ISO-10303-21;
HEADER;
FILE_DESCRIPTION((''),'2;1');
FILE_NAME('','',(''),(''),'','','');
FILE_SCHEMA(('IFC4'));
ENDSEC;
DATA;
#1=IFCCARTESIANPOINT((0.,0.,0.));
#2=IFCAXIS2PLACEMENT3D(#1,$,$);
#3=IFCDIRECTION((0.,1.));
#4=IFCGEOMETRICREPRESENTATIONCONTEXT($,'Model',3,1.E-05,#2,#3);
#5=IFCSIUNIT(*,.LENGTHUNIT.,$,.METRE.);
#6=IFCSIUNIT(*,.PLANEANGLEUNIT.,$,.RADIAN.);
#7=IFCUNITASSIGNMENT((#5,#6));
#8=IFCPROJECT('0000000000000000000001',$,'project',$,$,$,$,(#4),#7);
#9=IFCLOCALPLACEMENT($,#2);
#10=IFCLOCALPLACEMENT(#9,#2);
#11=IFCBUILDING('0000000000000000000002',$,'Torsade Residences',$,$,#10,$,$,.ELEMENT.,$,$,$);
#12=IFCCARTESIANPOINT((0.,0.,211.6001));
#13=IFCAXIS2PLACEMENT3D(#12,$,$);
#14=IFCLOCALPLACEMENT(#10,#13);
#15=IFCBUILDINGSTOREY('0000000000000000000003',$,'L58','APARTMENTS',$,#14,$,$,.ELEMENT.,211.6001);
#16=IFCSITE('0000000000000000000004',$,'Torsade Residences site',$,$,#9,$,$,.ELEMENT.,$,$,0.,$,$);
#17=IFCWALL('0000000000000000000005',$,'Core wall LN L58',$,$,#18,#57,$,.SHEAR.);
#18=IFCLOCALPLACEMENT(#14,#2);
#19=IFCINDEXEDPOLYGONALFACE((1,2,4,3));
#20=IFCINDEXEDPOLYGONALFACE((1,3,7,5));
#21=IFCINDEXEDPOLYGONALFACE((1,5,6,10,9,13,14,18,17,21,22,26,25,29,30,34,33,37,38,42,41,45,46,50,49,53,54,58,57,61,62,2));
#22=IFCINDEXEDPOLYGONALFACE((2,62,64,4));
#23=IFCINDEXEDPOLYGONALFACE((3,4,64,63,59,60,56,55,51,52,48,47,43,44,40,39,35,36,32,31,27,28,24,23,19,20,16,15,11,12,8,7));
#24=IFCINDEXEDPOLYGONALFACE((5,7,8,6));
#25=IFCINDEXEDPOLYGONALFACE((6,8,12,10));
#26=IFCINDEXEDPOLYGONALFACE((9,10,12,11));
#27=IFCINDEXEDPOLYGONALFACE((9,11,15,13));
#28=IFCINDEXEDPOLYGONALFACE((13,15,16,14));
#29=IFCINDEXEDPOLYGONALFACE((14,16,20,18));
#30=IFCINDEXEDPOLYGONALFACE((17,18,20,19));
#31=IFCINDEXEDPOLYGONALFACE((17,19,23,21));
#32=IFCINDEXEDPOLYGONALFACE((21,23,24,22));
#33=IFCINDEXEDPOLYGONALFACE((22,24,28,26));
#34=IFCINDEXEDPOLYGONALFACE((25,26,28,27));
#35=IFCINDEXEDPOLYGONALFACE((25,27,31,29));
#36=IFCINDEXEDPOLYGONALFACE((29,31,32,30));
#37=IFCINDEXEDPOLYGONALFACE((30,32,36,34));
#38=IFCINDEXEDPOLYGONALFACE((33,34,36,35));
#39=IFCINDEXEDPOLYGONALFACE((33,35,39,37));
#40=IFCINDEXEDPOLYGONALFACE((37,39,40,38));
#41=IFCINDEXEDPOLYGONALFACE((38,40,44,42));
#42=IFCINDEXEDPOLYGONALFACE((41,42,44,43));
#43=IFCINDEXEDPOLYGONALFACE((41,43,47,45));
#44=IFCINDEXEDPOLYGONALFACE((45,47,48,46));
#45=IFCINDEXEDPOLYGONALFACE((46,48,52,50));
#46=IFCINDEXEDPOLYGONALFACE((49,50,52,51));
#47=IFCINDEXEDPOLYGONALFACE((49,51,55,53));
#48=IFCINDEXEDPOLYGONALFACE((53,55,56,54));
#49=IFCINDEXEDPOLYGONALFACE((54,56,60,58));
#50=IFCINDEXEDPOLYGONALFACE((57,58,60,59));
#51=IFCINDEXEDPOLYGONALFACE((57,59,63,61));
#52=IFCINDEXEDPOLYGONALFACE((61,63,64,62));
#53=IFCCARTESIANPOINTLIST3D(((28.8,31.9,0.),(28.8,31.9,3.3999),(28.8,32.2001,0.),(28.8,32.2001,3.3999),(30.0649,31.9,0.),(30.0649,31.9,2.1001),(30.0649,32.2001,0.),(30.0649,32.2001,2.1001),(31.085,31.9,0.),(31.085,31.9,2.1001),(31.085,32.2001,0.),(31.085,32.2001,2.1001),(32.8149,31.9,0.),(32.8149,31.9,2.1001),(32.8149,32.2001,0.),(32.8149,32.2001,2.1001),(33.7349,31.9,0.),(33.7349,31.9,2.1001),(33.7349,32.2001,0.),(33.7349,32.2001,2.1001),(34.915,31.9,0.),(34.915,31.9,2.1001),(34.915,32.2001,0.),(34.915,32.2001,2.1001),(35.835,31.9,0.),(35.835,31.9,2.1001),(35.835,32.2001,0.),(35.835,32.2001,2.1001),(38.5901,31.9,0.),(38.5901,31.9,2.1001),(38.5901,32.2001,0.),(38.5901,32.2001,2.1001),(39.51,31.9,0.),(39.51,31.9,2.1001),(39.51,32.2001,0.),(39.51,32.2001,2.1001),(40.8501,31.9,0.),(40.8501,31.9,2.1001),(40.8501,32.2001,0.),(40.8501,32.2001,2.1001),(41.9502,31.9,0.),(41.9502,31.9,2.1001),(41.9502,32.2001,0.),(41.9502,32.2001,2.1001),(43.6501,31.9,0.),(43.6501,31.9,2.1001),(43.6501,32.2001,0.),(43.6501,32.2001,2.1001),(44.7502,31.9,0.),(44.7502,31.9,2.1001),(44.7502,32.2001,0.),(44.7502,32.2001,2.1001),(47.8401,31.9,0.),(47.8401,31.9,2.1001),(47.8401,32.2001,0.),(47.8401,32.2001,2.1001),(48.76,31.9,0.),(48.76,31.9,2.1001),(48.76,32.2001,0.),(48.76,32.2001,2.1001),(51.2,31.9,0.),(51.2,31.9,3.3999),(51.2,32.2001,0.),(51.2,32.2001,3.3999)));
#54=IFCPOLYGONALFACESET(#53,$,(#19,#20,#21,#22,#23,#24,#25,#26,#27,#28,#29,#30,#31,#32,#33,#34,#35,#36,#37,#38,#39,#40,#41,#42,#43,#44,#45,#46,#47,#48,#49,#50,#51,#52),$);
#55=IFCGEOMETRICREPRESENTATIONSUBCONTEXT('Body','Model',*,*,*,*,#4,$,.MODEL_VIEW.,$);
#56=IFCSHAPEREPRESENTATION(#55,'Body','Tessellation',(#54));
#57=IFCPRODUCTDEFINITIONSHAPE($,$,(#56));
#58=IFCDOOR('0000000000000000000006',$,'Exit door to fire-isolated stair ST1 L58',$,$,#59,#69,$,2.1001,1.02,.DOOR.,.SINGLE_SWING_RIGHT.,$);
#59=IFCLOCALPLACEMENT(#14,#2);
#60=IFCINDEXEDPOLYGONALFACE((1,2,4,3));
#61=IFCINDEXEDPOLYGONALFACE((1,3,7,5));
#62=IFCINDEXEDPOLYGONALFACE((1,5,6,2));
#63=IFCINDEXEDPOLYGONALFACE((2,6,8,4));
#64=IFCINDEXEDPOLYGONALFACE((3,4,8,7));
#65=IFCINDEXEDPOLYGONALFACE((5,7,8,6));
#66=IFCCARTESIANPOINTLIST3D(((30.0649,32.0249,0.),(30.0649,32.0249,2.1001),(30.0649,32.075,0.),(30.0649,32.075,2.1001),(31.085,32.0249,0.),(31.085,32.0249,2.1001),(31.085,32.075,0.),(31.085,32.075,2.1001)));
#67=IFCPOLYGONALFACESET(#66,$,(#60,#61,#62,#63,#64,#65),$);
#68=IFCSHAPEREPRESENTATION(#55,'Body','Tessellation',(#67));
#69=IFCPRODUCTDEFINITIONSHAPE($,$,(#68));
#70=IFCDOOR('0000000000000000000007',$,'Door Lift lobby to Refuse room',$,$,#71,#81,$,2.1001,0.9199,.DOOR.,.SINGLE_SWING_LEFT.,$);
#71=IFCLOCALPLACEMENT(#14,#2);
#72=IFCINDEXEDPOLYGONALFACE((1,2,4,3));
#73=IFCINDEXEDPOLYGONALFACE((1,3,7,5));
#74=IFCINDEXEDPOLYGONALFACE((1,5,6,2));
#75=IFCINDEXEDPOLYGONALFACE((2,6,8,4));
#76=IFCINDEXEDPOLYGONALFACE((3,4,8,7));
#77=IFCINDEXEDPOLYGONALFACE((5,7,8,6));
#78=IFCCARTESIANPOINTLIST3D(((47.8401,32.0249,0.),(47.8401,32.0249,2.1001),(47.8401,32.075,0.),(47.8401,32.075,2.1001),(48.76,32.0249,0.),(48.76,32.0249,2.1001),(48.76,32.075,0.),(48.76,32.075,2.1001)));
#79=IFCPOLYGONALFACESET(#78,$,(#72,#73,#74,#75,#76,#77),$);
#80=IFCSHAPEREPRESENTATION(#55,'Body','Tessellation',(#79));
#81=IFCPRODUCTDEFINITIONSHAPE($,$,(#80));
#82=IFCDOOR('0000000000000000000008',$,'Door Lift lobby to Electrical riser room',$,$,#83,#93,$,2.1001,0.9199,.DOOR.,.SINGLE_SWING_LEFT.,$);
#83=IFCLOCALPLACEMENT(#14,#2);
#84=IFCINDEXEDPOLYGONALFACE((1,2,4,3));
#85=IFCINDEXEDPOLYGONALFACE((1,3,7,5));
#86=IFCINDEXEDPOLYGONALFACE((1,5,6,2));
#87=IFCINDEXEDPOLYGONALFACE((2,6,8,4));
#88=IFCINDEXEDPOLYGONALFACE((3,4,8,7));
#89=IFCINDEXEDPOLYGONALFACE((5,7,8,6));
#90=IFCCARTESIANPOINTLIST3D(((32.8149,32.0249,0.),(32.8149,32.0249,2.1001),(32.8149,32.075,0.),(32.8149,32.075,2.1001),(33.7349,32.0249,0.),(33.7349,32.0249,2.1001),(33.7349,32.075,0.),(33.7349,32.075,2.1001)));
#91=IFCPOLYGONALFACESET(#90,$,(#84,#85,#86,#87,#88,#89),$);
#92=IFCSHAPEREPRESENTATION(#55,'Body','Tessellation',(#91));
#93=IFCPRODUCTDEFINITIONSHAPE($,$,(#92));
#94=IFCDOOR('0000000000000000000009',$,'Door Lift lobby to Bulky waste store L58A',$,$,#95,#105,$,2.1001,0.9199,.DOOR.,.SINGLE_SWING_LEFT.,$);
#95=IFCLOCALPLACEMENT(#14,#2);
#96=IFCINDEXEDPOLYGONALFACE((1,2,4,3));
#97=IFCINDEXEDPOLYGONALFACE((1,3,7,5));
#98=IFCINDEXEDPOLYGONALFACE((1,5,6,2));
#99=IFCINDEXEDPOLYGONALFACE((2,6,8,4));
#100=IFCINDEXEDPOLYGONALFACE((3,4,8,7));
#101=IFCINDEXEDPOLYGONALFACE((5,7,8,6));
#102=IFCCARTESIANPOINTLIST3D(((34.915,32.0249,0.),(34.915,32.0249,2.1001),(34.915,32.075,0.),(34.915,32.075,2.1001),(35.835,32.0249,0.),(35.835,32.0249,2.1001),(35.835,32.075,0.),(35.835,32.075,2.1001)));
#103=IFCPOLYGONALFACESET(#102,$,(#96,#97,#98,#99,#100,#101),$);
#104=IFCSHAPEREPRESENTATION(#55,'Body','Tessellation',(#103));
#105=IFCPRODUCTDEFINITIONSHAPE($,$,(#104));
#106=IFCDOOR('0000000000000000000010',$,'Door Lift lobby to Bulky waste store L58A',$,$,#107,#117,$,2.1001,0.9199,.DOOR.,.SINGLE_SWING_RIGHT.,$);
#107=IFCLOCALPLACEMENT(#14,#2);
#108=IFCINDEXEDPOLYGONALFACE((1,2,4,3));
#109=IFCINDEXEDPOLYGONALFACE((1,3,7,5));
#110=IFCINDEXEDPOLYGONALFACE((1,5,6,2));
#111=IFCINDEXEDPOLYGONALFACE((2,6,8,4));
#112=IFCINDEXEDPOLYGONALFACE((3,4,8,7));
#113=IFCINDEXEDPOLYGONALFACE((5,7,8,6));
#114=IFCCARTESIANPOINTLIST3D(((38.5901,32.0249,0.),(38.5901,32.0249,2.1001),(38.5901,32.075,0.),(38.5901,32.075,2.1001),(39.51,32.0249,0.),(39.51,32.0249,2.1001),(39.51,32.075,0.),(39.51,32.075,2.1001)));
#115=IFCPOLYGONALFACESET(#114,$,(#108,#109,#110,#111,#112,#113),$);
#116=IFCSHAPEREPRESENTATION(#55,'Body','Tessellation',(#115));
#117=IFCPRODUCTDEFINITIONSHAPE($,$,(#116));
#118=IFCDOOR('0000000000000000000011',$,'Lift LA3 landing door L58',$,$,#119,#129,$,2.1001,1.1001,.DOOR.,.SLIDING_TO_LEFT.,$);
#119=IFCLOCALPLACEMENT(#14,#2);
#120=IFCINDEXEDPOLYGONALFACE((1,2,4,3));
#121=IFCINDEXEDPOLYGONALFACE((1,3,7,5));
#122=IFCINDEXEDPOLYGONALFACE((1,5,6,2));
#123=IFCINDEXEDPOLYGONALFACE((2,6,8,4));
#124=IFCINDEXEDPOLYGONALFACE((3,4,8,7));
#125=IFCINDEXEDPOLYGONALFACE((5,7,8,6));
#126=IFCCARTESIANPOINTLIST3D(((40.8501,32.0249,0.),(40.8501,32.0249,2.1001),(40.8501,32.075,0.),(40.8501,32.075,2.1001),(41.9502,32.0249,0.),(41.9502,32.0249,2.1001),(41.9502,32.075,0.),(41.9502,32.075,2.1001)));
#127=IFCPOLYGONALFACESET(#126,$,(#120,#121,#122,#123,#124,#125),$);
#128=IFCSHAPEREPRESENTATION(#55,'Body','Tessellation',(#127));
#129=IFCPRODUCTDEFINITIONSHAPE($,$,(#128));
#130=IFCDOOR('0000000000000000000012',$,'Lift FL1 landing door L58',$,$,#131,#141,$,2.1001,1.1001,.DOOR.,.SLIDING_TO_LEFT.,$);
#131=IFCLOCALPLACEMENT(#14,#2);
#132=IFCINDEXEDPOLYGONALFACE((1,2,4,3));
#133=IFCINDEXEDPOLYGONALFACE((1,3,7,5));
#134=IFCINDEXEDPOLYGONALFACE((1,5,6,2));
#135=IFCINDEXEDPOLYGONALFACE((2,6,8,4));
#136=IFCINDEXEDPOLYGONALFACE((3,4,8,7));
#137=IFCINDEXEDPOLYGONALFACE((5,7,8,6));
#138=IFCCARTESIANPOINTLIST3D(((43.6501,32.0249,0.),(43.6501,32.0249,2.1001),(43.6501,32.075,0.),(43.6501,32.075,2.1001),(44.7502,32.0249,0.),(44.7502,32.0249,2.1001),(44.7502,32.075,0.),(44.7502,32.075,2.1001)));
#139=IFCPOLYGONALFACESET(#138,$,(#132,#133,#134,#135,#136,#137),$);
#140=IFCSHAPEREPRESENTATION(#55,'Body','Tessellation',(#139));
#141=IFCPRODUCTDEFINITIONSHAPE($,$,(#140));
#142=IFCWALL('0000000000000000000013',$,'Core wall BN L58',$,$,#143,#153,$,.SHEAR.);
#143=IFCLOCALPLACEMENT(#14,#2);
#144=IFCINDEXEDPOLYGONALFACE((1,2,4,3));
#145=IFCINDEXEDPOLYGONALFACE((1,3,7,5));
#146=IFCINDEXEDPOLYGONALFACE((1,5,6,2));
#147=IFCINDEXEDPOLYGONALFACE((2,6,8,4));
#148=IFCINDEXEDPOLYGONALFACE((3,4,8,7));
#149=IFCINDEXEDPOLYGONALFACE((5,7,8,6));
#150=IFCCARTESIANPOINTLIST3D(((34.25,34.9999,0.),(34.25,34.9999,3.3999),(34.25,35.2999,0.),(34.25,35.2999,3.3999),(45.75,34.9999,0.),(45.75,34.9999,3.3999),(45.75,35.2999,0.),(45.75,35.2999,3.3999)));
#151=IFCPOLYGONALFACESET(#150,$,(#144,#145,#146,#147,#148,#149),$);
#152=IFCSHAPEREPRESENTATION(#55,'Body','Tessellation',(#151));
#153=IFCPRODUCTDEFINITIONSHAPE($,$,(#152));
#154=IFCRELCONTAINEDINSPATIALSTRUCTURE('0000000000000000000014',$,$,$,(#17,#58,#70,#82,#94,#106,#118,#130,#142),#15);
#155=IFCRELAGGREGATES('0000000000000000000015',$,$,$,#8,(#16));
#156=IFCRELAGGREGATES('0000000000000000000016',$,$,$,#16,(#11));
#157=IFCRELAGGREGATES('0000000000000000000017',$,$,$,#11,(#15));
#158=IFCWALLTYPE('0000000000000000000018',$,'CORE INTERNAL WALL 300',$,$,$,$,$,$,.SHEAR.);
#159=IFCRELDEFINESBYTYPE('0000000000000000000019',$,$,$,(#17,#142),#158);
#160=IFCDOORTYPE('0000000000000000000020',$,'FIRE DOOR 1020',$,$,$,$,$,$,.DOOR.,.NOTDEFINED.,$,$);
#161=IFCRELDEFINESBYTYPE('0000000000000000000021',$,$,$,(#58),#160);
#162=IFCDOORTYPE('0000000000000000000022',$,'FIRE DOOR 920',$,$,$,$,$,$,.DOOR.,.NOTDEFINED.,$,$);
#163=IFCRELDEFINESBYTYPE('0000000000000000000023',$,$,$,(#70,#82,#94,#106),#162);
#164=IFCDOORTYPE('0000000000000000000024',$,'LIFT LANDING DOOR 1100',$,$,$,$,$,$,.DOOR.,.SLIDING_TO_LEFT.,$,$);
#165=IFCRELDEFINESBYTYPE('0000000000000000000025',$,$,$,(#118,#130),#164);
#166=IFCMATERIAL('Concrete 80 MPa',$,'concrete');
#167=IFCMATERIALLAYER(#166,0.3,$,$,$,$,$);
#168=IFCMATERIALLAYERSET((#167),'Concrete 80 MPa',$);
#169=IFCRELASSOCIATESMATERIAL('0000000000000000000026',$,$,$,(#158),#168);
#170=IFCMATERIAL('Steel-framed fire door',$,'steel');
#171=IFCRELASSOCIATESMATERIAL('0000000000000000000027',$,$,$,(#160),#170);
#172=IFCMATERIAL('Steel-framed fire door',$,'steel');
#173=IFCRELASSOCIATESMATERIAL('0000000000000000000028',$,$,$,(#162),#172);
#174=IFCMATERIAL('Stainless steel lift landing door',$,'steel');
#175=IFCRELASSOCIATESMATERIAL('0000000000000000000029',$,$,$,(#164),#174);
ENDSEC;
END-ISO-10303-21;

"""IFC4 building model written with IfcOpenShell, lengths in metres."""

from ifc_helpers import new_model, si_unit, direction, frame, frame_2d, origin, place, context, subcontext, project, spatial, rectangle, extrude, material, layer, layer_set, type_object, element, fill, save


model = new_model("IFC4")

# Units and contexts
model_context = context("Model", 3, precision=1e-05, world=origin(), true_north=direction((0.0, 1.0)))
body_context = subcontext(model_context, "Body", "Model", "MODEL_VIEW")
ifc_project = project(units=[si_unit("LENGTHUNIT", "METRE"), si_unit("PLANEANGLEUNIT", "RADIAN")], contexts=[model_context])

# Site, building, storey
site_placement = place(None, origin())
site = spatial("IfcSite", under=ifc_project, at=site_placement, Name="Torsade Residences site", CompositionType="ELEMENT", RefElevation=0.0)
building_placement = place(site_placement, origin())
building = spatial("IfcBuilding", under=site, at=building_placement, Name="Torsade Residences", CompositionType="ELEMENT")
storey_placement = place(building_placement, frame((0.0, 0.0, 211.6001)))
storey = spatial("IfcBuildingStorey", under=building, at=storey_placement, Name="L58", Description="APARTMENTS", CompositionType="ELEMENT", Elevation=211.6001)

# Wall, openings, doors
ifc_material_1 = material(Name="Concrete 80 MPa", Category="concrete")
ifc_layer_1 = layer(ifc_material_1, 0.3)
ifc_layer_set_1 = layer_set([ifc_layer_1], Name="Concrete 80 MPa")
wall_type_1 = type_object("IfcWallType", Name="CORE INTERNAL WALL 300", PredefinedType="SHEAR", material=ifc_layer_set_1)
wall_1_placement = place(storey_placement, frame((28.8, 32.05, 0.0), z_axis=(0.0, 0.0, 1.0), x_axis=(1.0, 0.0, 0.0)))
wall_1 = element("IfcWall", 1, at=wall_1_placement, inside=storey, type_object=wall_type_1, Name="Core wall LN L58", PredefinedType="SHEAR", context=body_context, shape_type="SweptSolid", body=[
    extrude(rectangle(XDim=22.3999, YDim=0.3, at=frame_2d((11.2, 0.0))), origin(), (0.0, 0.0, 1.0), 3.3999),
])
opening_1_placement = place(wall_1_placement, frame((19.04, 0.0, 0.0)))
opening_1 = element("IfcOpeningElement", 2, at=opening_1_placement, cuts=wall_1, PredefinedType="OPENING", context=body_context, shape_type="SweptSolid", body=[
    extrude(rectangle(XDim=0.9199, YDim=2.1001, at=frame_2d((0.46, 1.05))), frame((0.0, 0.1599, 0.0), z_axis=(0.0, -1.0, 0.0), x_axis=(1.0, 0.0, 0.0)), (0.0, 0.0, 1.0), 0.3201),
])
opening_2_placement = place(wall_1_placement, frame((1.2649, 0.0, 0.0)))
opening_2 = element("IfcOpeningElement", 3, at=opening_2_placement, cuts=wall_1, PredefinedType="OPENING", context=body_context, shape_type="SweptSolid", body=[
    extrude(rectangle(XDim=1.02, YDim=2.1001, at=frame_2d((0.51, 1.05))), frame((0.0, 0.1599, 0.0), z_axis=(0.0, -1.0, 0.0), x_axis=(1.0, 0.0, 0.0)), (0.0, 0.0, 1.0), 0.3201),
])
opening_3_placement = place(wall_1_placement, frame((4.0149, 0.0, 0.0)))
opening_3 = element("IfcOpeningElement", 4, at=opening_3_placement, cuts=wall_1, PredefinedType="OPENING", context=body_context, shape_type="SweptSolid", body=[
    extrude(rectangle(XDim=0.9199, YDim=2.1001, at=frame_2d((0.46, 1.05))), frame((0.0, 0.1599, 0.0), z_axis=(0.0, -1.0, 0.0), x_axis=(1.0, 0.0, 0.0)), (0.0, 0.0, 1.0), 0.3201),
])
opening_4_placement = place(wall_1_placement, frame((6.115, 0.0, 0.0)))
opening_4 = element("IfcOpeningElement", 5, at=opening_4_placement, cuts=wall_1, PredefinedType="OPENING", context=body_context, shape_type="SweptSolid", body=[
    extrude(rectangle(XDim=0.9199, YDim=2.1001, at=frame_2d((0.46, 1.05))), frame((0.0, 0.1599, 0.0), z_axis=(0.0, -1.0, 0.0), x_axis=(1.0, 0.0, 0.0)), (0.0, 0.0, 1.0), 0.3201),
])
opening_5_placement = place(wall_1_placement, frame((9.79, 0.0, 0.0)))
opening_5 = element("IfcOpeningElement", 6, at=opening_5_placement, cuts=wall_1, PredefinedType="OPENING", context=body_context, shape_type="SweptSolid", body=[
    extrude(rectangle(XDim=0.9199, YDim=2.1001, at=frame_2d((0.46, 1.05))), frame((0.0, 0.1599, 0.0), z_axis=(0.0, -1.0, 0.0), x_axis=(1.0, 0.0, 0.0)), (0.0, 0.0, 1.0), 0.3201),
])
opening_6_placement = place(wall_1_placement, frame((12.05, 0.0, 0.0)))
opening_6 = element("IfcOpeningElement", 7, at=opening_6_placement, cuts=wall_1, PredefinedType="OPENING", context=body_context, shape_type="SweptSolid", body=[
    extrude(rectangle(XDim=1.1001, YDim=2.1001, at=frame_2d((0.55, 1.05))), frame((0.0, 0.1599, 0.0), z_axis=(0.0, -1.0, 0.0), x_axis=(1.0, 0.0, 0.0)), (0.0, 0.0, 1.0), 0.3201),
])
opening_7_placement = place(wall_1_placement, frame((14.8501, 0.0, 0.0)))
opening_7 = element("IfcOpeningElement", 8, at=opening_7_placement, cuts=wall_1, PredefinedType="OPENING", context=body_context, shape_type="SweptSolid", body=[
    extrude(rectangle(XDim=1.1001, YDim=2.1001, at=frame_2d((0.55, 1.05))), frame((0.0, 0.1599, 0.0), z_axis=(0.0, -1.0, 0.0), x_axis=(1.0, 0.0, 0.0)), (0.0, 0.0, 1.0), 0.3201),
])
ifc_material_2 = material(Name="Steel-framed fire door", Category="steel")
door_type_1 = type_object("IfcDoorType", Name="FIRE DOOR 1020", OperationType="NOTDEFINED", PredefinedType="DOOR", material=ifc_material_2)
door_1_placement = place(opening_2_placement, origin())
door_1 = element("IfcDoor", 9, at=door_1_placement, inside=storey, type_object=door_type_1, Name="Exit door to fire-isolated stair ST1 L58", OperationType="SINGLE_SWING_RIGHT", OverallHeight=2.1001, OverallWidth=1.02, PredefinedType="DOOR", context=body_context, shape_type="SweptSolid", body=[
    extrude(rectangle(XDim=1.02, YDim=2.1001, at=frame_2d((0.51, 1.05))), frame((0.0, 0.0249, 0.0), z_axis=(0.0, -1.0, 0.0), x_axis=(1.0, 0.0, 0.0)), (0.0, 0.0, 1.0), 0.05),
])
fill(opening_2, door_1)
ifc_material_3 = material(Name="Steel-framed fire door", Category="steel")
door_type_2 = type_object("IfcDoorType", Name="FIRE DOOR 920", OperationType="NOTDEFINED", PredefinedType="DOOR", material=ifc_material_3)
door_2_placement = place(opening_1_placement, origin())
door_2 = element("IfcDoor", 10, at=door_2_placement, inside=storey, type_object=door_type_2, Name="Door Lift lobby to Refuse room", OperationType="SINGLE_SWING_LEFT", OverallHeight=2.1001, OverallWidth=0.9199, PredefinedType="DOOR", context=body_context, shape_type="SweptSolid", body=[
    extrude(rectangle(XDim=0.9199, YDim=2.1001, at=frame_2d((0.46, 1.05))), frame((0.0, 0.0249, 0.0), z_axis=(0.0, -1.0, 0.0), x_axis=(1.0, 0.0, 0.0)), (0.0, 0.0, 1.0), 0.05),
])
fill(opening_1, door_2)
door_3_placement = place(opening_3_placement, origin())
door_3 = element("IfcDoor", 11, at=door_3_placement, inside=storey, type_object=door_type_2, Name="Door Lift lobby to Electrical riser room", OperationType="SINGLE_SWING_LEFT", OverallHeight=2.1001, OverallWidth=0.9199, PredefinedType="DOOR", context=body_context, shape_type="SweptSolid", body=[
    extrude(rectangle(XDim=0.9199, YDim=2.1001, at=frame_2d((0.46, 1.05))), frame((0.0, 0.0249, 0.0), z_axis=(0.0, -1.0, 0.0), x_axis=(1.0, 0.0, 0.0)), (0.0, 0.0, 1.0), 0.05),
])
fill(opening_3, door_3)
door_4_placement = place(opening_4_placement, origin())
door_4 = element("IfcDoor", 12, at=door_4_placement, inside=storey, type_object=door_type_2, Name="Door Lift lobby to Bulky waste store L58A", OperationType="SINGLE_SWING_LEFT", OverallHeight=2.1001, OverallWidth=0.9199, PredefinedType="DOOR", context=body_context, shape_type="SweptSolid", body=[
    extrude(rectangle(XDim=0.9199, YDim=2.1001, at=frame_2d((0.46, 1.05))), frame((0.0, 0.0249, 0.0), z_axis=(0.0, -1.0, 0.0), x_axis=(1.0, 0.0, 0.0)), (0.0, 0.0, 1.0), 0.05),
])
fill(opening_4, door_4)
door_5_placement = place(opening_5_placement, origin())
door_5 = element("IfcDoor", 13, at=door_5_placement, inside=storey, type_object=door_type_2, Name="Door Lift lobby to Bulky waste store L58A", OperationType="SINGLE_SWING_RIGHT", OverallHeight=2.1001, OverallWidth=0.9199, PredefinedType="DOOR", context=body_context, shape_type="SweptSolid", body=[
    extrude(rectangle(XDim=0.9199, YDim=2.1001, at=frame_2d((0.46, 1.05))), frame((0.0, 0.0249, 0.0), z_axis=(0.0, -1.0, 0.0), x_axis=(1.0, 0.0, 0.0)), (0.0, 0.0, 1.0), 0.05),
])
fill(opening_5, door_5)
ifc_material_4 = material(Name="Stainless steel lift landing door", Category="steel")
door_type_3 = type_object("IfcDoorType", Name="LIFT LANDING DOOR 1100", OperationType="SLIDING_TO_LEFT", PredefinedType="DOOR", material=ifc_material_4)
door_6_placement = place(opening_6_placement, origin())
door_6 = element("IfcDoor", 14, at=door_6_placement, inside=storey, type_object=door_type_3, Name="Lift LA3 landing door L58", OperationType="SLIDING_TO_LEFT", OverallHeight=2.1001, OverallWidth=1.1001, PredefinedType="DOOR", context=body_context, shape_type="SweptSolid", body=[
    extrude(rectangle(XDim=1.1001, YDim=2.1001, at=frame_2d((0.55, 1.05))), frame((0.0, 0.0249, 0.0), z_axis=(0.0, -1.0, 0.0), x_axis=(1.0, 0.0, 0.0)), (0.0, 0.0, 1.0), 0.05),
])
fill(opening_6, door_6)
door_7_placement = place(opening_7_placement, origin())
door_7 = element("IfcDoor", 15, at=door_7_placement, inside=storey, type_object=door_type_3, Name="Lift FL1 landing door L58", OperationType="SLIDING_TO_LEFT", OverallHeight=2.1001, OverallWidth=1.1001, PredefinedType="DOOR", context=body_context, shape_type="SweptSolid", body=[
    extrude(rectangle(XDim=1.1001, YDim=2.1001, at=frame_2d((0.55, 1.05))), frame((0.0, 0.0249, 0.0), z_axis=(0.0, -1.0, 0.0), x_axis=(1.0, 0.0, 0.0)), (0.0, 0.0, 1.0), 0.05),
])
fill(opening_7, door_7)

# Wall
wall_2_placement = place(storey_placement, frame((34.25, 35.1499, 0.0), z_axis=(0.0, 0.0, 1.0), x_axis=(1.0, 0.0, 0.0)))
element("IfcWall", 16, at=wall_2_placement, inside=storey, type_object=wall_type_1, Name="Core wall BN L58", PredefinedType="SHEAR", context=body_context, shape_type="SweptSolid", body=[
    extrude(rectangle(XDim=11.5, YDim=0.3, at=frame_2d((5.75, 0.0))), origin(), (0.0, 0.0, 1.0), 3.3999),
])

save(model, "model.ifc")
